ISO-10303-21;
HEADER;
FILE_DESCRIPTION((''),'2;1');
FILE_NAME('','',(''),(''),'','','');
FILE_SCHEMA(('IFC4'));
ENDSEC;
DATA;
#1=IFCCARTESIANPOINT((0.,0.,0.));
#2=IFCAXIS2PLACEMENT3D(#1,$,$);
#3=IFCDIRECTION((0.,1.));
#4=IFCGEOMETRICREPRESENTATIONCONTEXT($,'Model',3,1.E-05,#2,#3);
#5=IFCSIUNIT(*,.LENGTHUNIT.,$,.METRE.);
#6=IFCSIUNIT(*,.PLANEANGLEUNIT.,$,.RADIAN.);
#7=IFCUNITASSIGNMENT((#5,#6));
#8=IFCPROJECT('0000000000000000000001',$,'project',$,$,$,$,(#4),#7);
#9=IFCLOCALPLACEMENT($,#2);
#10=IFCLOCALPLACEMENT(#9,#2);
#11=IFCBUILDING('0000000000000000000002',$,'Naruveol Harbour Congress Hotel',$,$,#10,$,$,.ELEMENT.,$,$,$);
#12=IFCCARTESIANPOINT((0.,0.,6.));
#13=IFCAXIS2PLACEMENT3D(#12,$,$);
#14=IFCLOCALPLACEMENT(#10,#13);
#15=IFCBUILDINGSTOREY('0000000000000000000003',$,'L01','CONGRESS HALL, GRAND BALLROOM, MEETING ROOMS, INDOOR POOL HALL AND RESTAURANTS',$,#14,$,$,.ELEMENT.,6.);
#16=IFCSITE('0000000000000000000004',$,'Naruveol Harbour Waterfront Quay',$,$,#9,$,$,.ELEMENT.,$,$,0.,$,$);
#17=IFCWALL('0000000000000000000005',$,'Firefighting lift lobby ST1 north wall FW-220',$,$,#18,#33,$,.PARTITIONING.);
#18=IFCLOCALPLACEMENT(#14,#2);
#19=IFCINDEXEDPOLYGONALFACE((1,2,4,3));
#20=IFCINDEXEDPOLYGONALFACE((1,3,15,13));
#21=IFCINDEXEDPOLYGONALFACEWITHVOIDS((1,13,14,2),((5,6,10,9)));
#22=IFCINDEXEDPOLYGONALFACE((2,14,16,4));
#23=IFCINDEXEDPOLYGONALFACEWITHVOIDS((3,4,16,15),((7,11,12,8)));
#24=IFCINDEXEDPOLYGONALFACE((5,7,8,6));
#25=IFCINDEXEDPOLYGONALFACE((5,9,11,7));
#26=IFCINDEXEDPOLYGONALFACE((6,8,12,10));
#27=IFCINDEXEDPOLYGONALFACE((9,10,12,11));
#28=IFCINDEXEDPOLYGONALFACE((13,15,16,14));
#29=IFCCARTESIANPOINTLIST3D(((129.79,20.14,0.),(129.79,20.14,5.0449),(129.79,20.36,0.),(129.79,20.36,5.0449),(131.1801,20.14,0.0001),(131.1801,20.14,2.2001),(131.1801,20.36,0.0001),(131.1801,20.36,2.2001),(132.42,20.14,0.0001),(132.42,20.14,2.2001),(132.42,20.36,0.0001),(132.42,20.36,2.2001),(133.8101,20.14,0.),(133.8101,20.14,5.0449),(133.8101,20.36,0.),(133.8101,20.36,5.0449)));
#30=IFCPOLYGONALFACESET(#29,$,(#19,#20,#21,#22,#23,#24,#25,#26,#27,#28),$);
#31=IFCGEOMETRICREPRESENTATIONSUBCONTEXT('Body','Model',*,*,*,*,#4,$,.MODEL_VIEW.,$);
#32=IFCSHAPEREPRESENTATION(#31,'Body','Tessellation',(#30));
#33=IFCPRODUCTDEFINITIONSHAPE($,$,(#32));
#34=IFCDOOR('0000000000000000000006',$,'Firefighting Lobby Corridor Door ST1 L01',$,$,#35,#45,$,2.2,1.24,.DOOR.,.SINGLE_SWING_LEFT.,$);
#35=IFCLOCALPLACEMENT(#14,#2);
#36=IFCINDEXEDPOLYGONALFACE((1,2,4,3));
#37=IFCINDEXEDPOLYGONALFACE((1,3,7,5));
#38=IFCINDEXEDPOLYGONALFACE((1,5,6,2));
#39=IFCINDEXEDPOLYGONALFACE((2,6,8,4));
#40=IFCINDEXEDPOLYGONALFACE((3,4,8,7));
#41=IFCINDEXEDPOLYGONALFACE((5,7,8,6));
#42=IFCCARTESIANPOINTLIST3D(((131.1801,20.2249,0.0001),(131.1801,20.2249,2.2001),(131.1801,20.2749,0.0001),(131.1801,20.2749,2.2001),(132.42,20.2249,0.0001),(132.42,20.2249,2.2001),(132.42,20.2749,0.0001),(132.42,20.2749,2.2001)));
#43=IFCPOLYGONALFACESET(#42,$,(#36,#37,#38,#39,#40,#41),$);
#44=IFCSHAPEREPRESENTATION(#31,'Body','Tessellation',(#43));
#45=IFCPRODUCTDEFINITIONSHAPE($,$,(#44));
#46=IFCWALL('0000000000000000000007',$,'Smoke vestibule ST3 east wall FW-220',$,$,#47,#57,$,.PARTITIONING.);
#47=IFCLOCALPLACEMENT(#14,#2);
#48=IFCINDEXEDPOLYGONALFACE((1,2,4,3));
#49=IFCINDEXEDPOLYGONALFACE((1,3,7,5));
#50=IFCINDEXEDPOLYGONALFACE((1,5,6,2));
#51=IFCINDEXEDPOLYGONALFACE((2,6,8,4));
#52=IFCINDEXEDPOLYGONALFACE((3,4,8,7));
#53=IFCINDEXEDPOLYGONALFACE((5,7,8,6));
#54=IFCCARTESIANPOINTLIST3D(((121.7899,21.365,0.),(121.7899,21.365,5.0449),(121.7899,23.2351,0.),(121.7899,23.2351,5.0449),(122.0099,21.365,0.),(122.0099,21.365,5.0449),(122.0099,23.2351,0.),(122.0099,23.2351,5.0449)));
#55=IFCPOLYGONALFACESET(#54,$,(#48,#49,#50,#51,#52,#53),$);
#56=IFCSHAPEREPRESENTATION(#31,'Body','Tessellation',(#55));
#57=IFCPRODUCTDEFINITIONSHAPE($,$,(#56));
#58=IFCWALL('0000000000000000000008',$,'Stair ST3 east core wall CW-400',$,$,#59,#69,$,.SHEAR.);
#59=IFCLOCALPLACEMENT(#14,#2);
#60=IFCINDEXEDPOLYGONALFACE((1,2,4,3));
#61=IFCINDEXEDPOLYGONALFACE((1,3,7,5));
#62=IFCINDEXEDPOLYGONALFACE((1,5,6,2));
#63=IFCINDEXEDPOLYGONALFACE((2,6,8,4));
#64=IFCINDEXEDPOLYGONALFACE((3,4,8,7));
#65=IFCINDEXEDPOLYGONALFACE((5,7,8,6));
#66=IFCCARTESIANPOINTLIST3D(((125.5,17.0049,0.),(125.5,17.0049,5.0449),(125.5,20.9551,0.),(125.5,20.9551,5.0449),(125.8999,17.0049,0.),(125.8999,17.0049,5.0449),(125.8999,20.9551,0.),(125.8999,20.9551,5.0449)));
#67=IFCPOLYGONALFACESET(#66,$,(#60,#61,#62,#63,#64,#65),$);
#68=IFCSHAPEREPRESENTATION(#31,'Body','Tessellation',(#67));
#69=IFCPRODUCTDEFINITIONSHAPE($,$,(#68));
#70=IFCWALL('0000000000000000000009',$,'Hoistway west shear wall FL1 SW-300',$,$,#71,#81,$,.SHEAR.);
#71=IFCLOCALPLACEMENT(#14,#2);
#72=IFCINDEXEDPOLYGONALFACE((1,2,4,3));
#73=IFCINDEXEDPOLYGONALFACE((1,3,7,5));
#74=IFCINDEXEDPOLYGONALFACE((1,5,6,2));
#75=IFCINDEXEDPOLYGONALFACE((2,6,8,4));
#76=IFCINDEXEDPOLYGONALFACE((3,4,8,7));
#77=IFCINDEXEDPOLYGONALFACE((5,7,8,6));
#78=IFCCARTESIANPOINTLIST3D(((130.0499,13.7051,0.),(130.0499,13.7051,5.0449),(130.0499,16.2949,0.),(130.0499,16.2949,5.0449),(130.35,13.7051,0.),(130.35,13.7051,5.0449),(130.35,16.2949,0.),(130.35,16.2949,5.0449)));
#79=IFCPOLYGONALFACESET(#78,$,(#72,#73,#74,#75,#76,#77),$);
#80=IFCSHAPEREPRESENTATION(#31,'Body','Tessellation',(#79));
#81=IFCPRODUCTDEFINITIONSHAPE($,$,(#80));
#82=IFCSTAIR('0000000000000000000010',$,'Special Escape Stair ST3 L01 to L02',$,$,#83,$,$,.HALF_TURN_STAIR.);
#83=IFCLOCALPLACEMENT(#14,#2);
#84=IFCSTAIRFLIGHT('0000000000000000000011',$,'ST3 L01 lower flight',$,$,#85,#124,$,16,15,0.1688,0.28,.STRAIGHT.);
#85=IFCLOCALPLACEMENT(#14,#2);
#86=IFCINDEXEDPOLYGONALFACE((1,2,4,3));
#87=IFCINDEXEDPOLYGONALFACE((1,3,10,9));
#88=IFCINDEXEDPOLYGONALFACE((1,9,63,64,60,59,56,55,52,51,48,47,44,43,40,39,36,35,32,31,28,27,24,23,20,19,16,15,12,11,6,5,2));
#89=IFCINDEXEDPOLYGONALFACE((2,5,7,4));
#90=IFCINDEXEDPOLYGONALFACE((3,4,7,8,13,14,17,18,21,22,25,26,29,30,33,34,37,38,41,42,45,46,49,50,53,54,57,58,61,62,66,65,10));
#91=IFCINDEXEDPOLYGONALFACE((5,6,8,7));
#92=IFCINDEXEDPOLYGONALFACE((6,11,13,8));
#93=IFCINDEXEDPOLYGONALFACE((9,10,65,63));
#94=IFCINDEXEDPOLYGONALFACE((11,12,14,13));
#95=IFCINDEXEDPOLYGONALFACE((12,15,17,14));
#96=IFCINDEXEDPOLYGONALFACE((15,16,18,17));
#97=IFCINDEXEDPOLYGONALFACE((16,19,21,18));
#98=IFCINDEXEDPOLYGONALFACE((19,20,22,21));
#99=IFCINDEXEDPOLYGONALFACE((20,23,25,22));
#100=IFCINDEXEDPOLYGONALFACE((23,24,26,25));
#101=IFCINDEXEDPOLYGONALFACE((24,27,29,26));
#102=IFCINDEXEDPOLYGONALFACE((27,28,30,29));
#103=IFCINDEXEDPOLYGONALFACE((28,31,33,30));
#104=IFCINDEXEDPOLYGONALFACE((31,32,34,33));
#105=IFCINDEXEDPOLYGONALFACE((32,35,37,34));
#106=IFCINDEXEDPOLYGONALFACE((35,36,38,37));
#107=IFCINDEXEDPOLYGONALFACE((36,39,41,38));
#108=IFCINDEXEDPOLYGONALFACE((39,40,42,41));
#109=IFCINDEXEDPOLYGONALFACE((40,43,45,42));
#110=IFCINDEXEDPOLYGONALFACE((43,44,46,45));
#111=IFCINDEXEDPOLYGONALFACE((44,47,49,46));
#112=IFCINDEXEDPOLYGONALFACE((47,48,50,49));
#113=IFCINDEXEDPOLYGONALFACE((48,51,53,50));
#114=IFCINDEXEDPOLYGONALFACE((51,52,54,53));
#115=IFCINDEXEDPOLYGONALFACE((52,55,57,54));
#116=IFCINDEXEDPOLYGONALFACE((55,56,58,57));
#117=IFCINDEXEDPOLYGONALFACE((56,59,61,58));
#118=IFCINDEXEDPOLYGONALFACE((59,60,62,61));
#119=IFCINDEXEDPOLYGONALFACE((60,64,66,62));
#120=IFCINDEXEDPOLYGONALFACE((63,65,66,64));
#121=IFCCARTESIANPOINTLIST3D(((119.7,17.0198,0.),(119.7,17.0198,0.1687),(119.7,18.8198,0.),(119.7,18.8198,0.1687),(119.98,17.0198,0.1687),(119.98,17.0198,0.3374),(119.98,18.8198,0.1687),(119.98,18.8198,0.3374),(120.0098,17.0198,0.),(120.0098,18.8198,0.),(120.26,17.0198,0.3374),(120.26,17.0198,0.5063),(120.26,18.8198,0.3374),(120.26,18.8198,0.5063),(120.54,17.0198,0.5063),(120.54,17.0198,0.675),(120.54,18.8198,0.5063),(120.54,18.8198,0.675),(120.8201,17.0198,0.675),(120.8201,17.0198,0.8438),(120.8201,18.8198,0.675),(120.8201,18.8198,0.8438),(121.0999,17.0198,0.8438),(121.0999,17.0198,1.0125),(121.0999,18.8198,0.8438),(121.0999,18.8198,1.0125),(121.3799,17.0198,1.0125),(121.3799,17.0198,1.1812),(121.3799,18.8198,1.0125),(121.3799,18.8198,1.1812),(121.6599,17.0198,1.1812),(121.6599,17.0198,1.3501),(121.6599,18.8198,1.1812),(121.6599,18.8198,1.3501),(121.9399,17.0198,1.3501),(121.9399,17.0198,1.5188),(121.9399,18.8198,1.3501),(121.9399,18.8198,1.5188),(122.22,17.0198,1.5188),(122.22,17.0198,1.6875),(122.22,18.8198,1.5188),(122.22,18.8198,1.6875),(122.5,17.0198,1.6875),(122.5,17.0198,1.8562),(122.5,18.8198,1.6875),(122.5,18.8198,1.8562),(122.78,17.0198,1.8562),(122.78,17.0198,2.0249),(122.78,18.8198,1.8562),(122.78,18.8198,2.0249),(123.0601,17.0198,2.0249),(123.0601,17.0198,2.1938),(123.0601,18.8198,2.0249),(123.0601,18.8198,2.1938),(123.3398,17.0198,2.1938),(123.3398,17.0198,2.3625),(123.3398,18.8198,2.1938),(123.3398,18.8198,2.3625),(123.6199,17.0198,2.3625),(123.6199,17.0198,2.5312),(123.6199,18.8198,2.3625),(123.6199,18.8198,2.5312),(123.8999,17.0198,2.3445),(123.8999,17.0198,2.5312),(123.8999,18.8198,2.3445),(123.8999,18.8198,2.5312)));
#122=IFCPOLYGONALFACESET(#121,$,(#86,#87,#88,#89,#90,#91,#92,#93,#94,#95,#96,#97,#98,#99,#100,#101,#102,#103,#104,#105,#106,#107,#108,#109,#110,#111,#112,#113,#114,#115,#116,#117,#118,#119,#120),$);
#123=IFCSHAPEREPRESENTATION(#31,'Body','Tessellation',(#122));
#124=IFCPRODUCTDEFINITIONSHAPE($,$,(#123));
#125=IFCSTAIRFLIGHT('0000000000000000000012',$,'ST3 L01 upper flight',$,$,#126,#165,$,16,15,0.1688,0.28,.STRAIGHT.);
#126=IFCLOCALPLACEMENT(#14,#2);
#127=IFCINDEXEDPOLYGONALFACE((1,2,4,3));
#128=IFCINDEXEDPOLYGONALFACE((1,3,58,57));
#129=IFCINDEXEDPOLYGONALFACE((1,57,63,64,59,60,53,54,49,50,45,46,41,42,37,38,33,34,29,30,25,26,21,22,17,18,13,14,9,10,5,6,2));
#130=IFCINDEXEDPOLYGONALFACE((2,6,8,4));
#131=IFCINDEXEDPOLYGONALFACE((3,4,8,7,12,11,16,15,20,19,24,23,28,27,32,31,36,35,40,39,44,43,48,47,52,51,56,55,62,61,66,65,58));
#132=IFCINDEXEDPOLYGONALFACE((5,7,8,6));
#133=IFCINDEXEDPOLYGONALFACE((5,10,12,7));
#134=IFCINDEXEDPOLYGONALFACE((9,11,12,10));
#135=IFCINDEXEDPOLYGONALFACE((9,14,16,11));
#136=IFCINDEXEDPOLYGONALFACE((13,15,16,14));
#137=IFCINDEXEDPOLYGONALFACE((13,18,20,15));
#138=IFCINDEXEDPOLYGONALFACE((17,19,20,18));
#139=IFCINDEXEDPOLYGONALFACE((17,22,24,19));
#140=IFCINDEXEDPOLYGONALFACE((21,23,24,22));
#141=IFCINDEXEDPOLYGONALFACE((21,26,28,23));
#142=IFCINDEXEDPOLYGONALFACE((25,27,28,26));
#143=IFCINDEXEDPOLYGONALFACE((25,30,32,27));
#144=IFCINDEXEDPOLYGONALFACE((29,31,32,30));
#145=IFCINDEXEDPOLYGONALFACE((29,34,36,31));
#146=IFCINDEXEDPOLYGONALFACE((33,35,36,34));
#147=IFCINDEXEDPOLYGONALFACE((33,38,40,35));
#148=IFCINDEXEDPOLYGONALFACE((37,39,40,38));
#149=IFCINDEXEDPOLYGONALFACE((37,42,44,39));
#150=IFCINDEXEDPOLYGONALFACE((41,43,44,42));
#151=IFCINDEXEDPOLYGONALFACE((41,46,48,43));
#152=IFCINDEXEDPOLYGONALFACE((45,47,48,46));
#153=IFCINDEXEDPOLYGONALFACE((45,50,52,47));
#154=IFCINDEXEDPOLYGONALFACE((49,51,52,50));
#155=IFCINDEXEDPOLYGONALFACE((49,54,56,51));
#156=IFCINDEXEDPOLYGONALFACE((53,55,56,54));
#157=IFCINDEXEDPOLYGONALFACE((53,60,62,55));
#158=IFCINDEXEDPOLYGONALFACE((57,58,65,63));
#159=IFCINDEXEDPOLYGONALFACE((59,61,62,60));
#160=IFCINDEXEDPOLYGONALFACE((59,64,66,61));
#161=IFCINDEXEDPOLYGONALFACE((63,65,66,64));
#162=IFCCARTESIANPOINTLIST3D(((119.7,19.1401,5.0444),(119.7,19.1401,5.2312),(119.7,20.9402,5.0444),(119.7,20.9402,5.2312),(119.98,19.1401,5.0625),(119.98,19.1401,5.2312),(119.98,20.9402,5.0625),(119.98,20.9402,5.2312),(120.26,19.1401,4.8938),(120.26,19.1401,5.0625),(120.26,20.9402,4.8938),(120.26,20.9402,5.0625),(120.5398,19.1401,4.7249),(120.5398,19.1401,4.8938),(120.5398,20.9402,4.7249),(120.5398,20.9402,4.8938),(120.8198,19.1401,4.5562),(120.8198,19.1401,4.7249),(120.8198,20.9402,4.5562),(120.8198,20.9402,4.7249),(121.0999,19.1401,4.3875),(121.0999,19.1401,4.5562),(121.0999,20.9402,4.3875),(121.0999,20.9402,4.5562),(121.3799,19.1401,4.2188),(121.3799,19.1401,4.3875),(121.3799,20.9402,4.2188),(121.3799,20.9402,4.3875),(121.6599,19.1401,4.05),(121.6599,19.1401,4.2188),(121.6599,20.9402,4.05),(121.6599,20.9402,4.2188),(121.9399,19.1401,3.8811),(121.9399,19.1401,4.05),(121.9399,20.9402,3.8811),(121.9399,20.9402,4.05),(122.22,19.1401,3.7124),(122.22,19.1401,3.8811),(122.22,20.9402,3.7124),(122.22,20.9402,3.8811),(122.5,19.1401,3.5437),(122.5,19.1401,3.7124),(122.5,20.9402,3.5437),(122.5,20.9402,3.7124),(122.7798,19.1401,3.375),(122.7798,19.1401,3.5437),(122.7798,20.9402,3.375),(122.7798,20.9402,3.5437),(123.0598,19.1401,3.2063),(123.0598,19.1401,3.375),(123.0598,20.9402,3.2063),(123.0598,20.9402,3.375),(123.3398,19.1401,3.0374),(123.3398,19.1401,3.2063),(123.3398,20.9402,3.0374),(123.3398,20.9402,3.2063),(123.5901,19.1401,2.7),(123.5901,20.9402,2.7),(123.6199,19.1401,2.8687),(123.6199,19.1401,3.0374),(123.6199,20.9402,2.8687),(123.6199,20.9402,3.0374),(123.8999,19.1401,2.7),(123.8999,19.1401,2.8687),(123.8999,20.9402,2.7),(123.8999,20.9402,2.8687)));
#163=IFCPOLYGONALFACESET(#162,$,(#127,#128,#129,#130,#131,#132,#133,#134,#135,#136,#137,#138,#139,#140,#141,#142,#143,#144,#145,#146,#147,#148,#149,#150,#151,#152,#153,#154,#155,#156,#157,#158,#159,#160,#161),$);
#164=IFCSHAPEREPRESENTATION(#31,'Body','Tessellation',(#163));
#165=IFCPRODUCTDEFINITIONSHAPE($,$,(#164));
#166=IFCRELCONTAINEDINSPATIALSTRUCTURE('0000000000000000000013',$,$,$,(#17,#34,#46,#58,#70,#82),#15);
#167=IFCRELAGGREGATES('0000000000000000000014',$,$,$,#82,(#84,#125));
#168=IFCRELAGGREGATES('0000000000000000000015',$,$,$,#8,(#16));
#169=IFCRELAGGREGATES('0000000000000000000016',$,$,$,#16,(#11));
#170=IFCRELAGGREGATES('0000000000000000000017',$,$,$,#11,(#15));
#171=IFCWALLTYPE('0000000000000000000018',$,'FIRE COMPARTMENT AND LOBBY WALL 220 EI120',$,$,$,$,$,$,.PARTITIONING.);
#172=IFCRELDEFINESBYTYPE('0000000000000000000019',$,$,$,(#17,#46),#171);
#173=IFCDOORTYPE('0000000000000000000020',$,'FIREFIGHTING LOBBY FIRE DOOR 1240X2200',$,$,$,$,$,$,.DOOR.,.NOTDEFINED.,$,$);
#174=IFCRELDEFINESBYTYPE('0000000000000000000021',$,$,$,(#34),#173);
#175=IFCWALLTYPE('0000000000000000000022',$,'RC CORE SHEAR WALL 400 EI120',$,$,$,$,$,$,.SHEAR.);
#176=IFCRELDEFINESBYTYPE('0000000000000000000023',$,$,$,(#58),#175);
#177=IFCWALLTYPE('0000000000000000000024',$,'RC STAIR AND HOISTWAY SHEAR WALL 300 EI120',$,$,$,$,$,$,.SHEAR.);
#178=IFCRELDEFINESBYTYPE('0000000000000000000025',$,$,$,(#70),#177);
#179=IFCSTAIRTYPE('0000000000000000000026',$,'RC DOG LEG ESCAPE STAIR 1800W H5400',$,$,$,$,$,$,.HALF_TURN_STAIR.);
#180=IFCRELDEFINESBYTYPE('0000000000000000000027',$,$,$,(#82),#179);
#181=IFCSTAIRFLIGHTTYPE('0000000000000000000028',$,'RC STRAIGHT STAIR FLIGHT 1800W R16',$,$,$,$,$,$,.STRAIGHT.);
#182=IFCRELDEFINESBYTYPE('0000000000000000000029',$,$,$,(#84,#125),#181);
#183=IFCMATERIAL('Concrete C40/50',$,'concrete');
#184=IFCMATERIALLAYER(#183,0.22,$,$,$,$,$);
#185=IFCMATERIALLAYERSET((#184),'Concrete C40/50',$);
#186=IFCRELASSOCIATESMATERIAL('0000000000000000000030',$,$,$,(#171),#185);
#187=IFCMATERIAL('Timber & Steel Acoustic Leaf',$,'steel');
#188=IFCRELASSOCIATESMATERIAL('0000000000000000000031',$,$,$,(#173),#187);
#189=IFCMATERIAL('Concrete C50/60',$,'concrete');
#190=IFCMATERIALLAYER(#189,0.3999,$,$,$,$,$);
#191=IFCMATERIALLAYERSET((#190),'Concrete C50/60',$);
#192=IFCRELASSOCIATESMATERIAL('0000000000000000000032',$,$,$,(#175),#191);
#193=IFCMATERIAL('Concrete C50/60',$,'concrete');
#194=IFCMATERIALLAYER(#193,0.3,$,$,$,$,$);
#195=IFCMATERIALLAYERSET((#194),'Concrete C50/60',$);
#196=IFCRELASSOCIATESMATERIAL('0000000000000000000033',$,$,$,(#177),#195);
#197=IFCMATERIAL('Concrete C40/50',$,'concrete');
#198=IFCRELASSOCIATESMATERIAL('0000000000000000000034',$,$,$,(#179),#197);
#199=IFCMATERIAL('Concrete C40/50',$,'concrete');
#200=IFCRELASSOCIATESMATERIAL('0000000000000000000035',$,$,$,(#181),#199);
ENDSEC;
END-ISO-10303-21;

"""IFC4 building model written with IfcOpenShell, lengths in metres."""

from ifc_helpers import new_model, si_unit, direction, frame, frame_2d, origin, place, context, subcontext, project, spatial, polyline, rectangle, outline, extrude, material, layer, layer_set, type_object, element, fill, aggregate, save


model = new_model("IFC4")

# Units and contexts
model_context = context("Model", 3, precision=1e-05, world=origin(), true_north=direction((0.0, 1.0)))
body_context = subcontext(model_context, "Body", "Model", "MODEL_VIEW")
ifc_project = project(units=[si_unit("LENGTHUNIT", "METRE"), si_unit("PLANEANGLEUNIT", "RADIAN")], contexts=[model_context])

# Site, building, storey
site_placement = place(None, origin())
site = spatial("IfcSite", under=ifc_project, at=site_placement, Name="Naruveol Harbour Waterfront Quay", CompositionType="ELEMENT", RefElevation=0.0)
building_placement = place(site_placement, origin())
building = spatial("IfcBuilding", under=site, at=building_placement, Name="Naruveol Harbour Congress Hotel", CompositionType="ELEMENT")
storey_placement = place(building_placement, frame((0.0, 0.0, 6.0)))
storey = spatial("IfcBuildingStorey", under=building, at=storey_placement, Name="L01", Description="CONGRESS HALL, GRAND BALLROOM, MEETING ROOMS, INDOOR POOL HALL AND RESTAURANTS", CompositionType="ELEMENT", Elevation=6.0)

# Shared definitions
ifc_material_1 = material(Name="Concrete C40/50", Category="concrete")
ifc_layer_1 = layer(ifc_material_1, 0.22)
ifc_layer_set_1 = layer_set([ifc_layer_1], Name="Concrete C40/50")
wall_type_1 = type_object("IfcWallType", Name="FIRE COMPARTMENT AND LOBBY WALL 220 EI120", PredefinedType="PARTITIONING", material=ifc_layer_set_1)

# Wall, opening, door
wall_1_placement = place(storey_placement, frame((129.79, 20.25, 0.0), z_axis=(0.0, 0.0, 1.0), x_axis=(1.0, 0.0, 0.0)))
wall_1 = element("IfcWall", 1, at=wall_1_placement, inside=storey, type_object=wall_type_1, Name="Firefighting lift lobby ST1 north wall FW-220", PredefinedType="PARTITIONING", context=body_context, shape_type="SweptSolid", body=[
    extrude(rectangle(XDim=4.02, YDim=0.22, at=frame_2d((2.01, 0.0))), origin(), (0.0, 0.0, 1.0), 5.0449),
])
opening_1_placement = place(wall_1_placement, frame((1.3899, 0.0, 0.0)))
opening_1 = element("IfcOpeningElement", 2, at=opening_1_placement, cuts=wall_1, PredefinedType="OPENING", context=body_context, shape_type="SweptSolid", body=[
    extrude(rectangle(XDim=1.24, YDim=2.2, at=frame_2d((0.6201, 1.1001))), frame((0.0, 0.1199, 0.0), z_axis=(0.0, -1.0, 0.0), x_axis=(1.0, 0.0, 0.0)), (0.0, 0.0, 1.0), 0.24),
])
ifc_material_2 = material(Name="Timber & Steel Acoustic Leaf", Category="steel")
door_type_1 = type_object("IfcDoorType", Name="FIREFIGHTING LOBBY FIRE DOOR 1240X2200", OperationType="NOTDEFINED", PredefinedType="DOOR", material=ifc_material_2)
door_1_placement = place(opening_1_placement, origin())
door_1 = element("IfcDoor", 3, at=door_1_placement, inside=storey, type_object=door_type_1, Name="Firefighting Lobby Corridor Door ST1 L01", OperationType="SINGLE_SWING_LEFT", OverallHeight=2.2, OverallWidth=1.24, PredefinedType="DOOR", context=body_context, shape_type="SweptSolid", body=[
    extrude(rectangle(XDim=1.24, YDim=2.2, at=frame_2d((0.6201, 1.1001))), frame((0.0, 0.0249, 0.0), z_axis=(0.0, -1.0, 0.0), x_axis=(1.0, 0.0, 0.0)), (0.0, 0.0, 1.0), 0.05),
])
fill(opening_1, door_1)

# Walls
wall_2_placement = place(storey_placement, frame((121.8999, 21.365, 0.0), z_axis=(0.0, 0.0, 1.0), x_axis=(0.0, 1.0, 0.0)))
element("IfcWall", 4, at=wall_2_placement, inside=storey, type_object=wall_type_1, Name="Smoke vestibule ST3 east wall FW-220", PredefinedType="PARTITIONING", context=body_context, shape_type="SweptSolid", body=[
    extrude(rectangle(XDim=1.8701, YDim=0.22, at=frame_2d((0.9351, 0.0))), origin(), (0.0, 0.0, 1.0), 5.0449),
])
ifc_material_3 = material(Name="Concrete C50/60", Category="concrete")
ifc_layer_2 = layer(ifc_material_3, 0.3999)
ifc_layer_set_2 = layer_set([ifc_layer_2], Name="Concrete C50/60")
wall_type_2 = type_object("IfcWallType", Name="RC CORE SHEAR WALL 400 EI120", PredefinedType="SHEAR", material=ifc_layer_set_2)
wall_3_placement = place(storey_placement, frame((125.7, 17.0049, 0.0), z_axis=(0.0, 0.0, 1.0), x_axis=(0.0, 1.0, 0.0)))
element("IfcWall", 5, at=wall_3_placement, inside=storey, type_object=wall_type_2, Name="Stair ST3 east core wall CW-400", PredefinedType="SHEAR", context=body_context, shape_type="SweptSolid", body=[
    extrude(rectangle(XDim=3.9502, YDim=0.3999, at=frame_2d((1.9751, 0.0))), origin(), (0.0, 0.0, 1.0), 5.0449),
])
ifc_material_4 = material(Name="Concrete C50/60", Category="concrete")
ifc_layer_3 = layer(ifc_material_4, 0.3)
ifc_layer_set_3 = layer_set([ifc_layer_3], Name="Concrete C50/60")
wall_type_3 = type_object("IfcWallType", Name="RC STAIR AND HOISTWAY SHEAR WALL 300 EI120", PredefinedType="SHEAR", material=ifc_layer_set_3)
wall_4_placement = place(storey_placement, frame((130.2, 16.2949, 0.0), z_axis=(0.0, 0.0, 1.0), x_axis=(0.0, -1.0, 0.0)))
element("IfcWall", 6, at=wall_4_placement, inside=storey, type_object=wall_type_3, Name="Hoistway west shear wall FL1 SW-300", PredefinedType="SHEAR", context=body_context, shape_type="SweptSolid", body=[
    extrude(rectangle(XDim=2.5898, YDim=0.3, at=frame_2d((1.2949, 0.0))), origin(), (0.0, 0.0, 1.0), 5.0449),
])

# Stair, stair flights
ifc_material_5 = material(Name="Concrete C40/50", Category="concrete")
stair_type = type_object("IfcStairType", Name="RC DOG LEG ESCAPE STAIR 1800W H5400", PredefinedType="HALF_TURN_STAIR", material=ifc_material_5)
stair_placement = place(storey_placement, origin())
stair = element("IfcStair", 7, at=stair_placement, inside=storey, type_object=stair_type, Name="Special Escape Stair ST3 L01 to L02", PredefinedType="HALF_TURN_STAIR")
ifc_material_6 = material(Name="Concrete C40/50", Category="concrete")
stair_flight_type = type_object("IfcStairFlightType", Name="RC STRAIGHT STAIR FLIGHT 1800W R16", PredefinedType="STRAIGHT", material=ifc_material_6)
stair_flight_1_placement = place(storey_placement, frame((119.7, 17.9199, 0.0), z_axis=(0.0, 0.0, 1.0), x_axis=(1.0, 0.0, 0.0)))
stair_flight_1 = element("IfcStairFlight", 8, at=stair_flight_1_placement, type_object=stair_flight_type, Name="ST3 L01 lower flight", NumberOfRisers=16, NumberOfTreads=15, PredefinedType="STRAIGHT", RiserHeight=0.1688, TreadLength=0.28, context=body_context, shape_type="SweptSolid", body=[
    extrude(outline(polyline([(0.0, 0.0), (0.0, 0.1687), (0.28, 0.1687), (0.28, 0.3374), (0.5601, 0.3374), (0.5601, 0.5063), (0.8401, 0.5063), (0.8401, 0.675), (1.1201, 0.675), (1.1201, 0.8438), (1.3999, 0.8438), (1.3999, 1.0125), (1.6799, 1.0125), (1.6799, 1.1812), (1.96, 1.1812), (1.96, 1.3501), (2.24, 1.3501), (2.24, 1.5188), (2.52, 1.5188), (2.52, 1.6875), (2.8, 1.6875), (2.8, 1.8562), (3.0801, 1.8562), (3.0801, 2.0249), (3.3601, 2.0249), (3.3601, 2.1938), (3.6399, 2.1938), (3.6399, 2.3625), (3.9199, 2.3625), (3.9199, 2.5312), (4.2, 2.5312), (4.2, 2.7), (4.2, 2.3445), (0.3098, 0.0), (0.0, 0.0)])), frame((0.0, 0.8999, 0.0), z_axis=(0.0, -1.0, 0.0), x_axis=(1.0, 0.0, 0.0)), (0.0, 0.0, 1.0), 1.8),
])
stair_flight_2_placement = place(storey_placement, frame((123.8999, 20.04, 2.7), z_axis=(0.0, 0.0, 1.0), x_axis=(-1.0, 0.0, 0.0)))
stair_flight_2 = element("IfcStairFlight", 9, at=stair_flight_2_placement, type_object=stair_flight_type, Name="ST3 L01 upper flight", NumberOfRisers=16, NumberOfTreads=15, PredefinedType="STRAIGHT", RiserHeight=0.1688, TreadLength=0.28, context=body_context, shape_type="SweptSolid", body=[
    extrude(outline(polyline([(0.0, 0.0), (0.0, 0.1687), (0.28, 0.1687), (0.28, 0.3374), (0.5601, 0.3374), (0.5601, 0.5063), (0.8401, 0.5063), (0.8401, 0.675), (1.1201, 0.675), (1.1201, 0.8438), (1.3999, 0.8438), (1.3999, 1.0125), (1.6799, 1.0125), (1.6799, 1.1812), (1.96, 1.1812), (1.96, 1.3501), (2.24, 1.3501), (2.24, 1.5188), (2.52, 1.5188), (2.52, 1.6875), (2.8, 1.6875), (2.8, 1.8562), (3.0801, 1.8562), (3.0801, 2.0249), (3.3601, 2.0249), (3.3601, 2.1938), (3.6399, 2.1938), (3.6399, 2.3625), (3.9199, 2.3625), (3.9199, 2.5312), (4.2, 2.5312), (4.2, 2.7), (4.2, 2.3445), (0.3098, 0.0), (0.0, 0.0)])), frame((0.0, 0.8999, 0.0), z_axis=(0.0, -1.0, 0.0), x_axis=(1.0, 0.0, 0.0)), (0.0, 0.0, 1.0), 1.8),
])
aggregate(stair, [stair_flight_1, stair_flight_2])

save(model, "model.ifc")
